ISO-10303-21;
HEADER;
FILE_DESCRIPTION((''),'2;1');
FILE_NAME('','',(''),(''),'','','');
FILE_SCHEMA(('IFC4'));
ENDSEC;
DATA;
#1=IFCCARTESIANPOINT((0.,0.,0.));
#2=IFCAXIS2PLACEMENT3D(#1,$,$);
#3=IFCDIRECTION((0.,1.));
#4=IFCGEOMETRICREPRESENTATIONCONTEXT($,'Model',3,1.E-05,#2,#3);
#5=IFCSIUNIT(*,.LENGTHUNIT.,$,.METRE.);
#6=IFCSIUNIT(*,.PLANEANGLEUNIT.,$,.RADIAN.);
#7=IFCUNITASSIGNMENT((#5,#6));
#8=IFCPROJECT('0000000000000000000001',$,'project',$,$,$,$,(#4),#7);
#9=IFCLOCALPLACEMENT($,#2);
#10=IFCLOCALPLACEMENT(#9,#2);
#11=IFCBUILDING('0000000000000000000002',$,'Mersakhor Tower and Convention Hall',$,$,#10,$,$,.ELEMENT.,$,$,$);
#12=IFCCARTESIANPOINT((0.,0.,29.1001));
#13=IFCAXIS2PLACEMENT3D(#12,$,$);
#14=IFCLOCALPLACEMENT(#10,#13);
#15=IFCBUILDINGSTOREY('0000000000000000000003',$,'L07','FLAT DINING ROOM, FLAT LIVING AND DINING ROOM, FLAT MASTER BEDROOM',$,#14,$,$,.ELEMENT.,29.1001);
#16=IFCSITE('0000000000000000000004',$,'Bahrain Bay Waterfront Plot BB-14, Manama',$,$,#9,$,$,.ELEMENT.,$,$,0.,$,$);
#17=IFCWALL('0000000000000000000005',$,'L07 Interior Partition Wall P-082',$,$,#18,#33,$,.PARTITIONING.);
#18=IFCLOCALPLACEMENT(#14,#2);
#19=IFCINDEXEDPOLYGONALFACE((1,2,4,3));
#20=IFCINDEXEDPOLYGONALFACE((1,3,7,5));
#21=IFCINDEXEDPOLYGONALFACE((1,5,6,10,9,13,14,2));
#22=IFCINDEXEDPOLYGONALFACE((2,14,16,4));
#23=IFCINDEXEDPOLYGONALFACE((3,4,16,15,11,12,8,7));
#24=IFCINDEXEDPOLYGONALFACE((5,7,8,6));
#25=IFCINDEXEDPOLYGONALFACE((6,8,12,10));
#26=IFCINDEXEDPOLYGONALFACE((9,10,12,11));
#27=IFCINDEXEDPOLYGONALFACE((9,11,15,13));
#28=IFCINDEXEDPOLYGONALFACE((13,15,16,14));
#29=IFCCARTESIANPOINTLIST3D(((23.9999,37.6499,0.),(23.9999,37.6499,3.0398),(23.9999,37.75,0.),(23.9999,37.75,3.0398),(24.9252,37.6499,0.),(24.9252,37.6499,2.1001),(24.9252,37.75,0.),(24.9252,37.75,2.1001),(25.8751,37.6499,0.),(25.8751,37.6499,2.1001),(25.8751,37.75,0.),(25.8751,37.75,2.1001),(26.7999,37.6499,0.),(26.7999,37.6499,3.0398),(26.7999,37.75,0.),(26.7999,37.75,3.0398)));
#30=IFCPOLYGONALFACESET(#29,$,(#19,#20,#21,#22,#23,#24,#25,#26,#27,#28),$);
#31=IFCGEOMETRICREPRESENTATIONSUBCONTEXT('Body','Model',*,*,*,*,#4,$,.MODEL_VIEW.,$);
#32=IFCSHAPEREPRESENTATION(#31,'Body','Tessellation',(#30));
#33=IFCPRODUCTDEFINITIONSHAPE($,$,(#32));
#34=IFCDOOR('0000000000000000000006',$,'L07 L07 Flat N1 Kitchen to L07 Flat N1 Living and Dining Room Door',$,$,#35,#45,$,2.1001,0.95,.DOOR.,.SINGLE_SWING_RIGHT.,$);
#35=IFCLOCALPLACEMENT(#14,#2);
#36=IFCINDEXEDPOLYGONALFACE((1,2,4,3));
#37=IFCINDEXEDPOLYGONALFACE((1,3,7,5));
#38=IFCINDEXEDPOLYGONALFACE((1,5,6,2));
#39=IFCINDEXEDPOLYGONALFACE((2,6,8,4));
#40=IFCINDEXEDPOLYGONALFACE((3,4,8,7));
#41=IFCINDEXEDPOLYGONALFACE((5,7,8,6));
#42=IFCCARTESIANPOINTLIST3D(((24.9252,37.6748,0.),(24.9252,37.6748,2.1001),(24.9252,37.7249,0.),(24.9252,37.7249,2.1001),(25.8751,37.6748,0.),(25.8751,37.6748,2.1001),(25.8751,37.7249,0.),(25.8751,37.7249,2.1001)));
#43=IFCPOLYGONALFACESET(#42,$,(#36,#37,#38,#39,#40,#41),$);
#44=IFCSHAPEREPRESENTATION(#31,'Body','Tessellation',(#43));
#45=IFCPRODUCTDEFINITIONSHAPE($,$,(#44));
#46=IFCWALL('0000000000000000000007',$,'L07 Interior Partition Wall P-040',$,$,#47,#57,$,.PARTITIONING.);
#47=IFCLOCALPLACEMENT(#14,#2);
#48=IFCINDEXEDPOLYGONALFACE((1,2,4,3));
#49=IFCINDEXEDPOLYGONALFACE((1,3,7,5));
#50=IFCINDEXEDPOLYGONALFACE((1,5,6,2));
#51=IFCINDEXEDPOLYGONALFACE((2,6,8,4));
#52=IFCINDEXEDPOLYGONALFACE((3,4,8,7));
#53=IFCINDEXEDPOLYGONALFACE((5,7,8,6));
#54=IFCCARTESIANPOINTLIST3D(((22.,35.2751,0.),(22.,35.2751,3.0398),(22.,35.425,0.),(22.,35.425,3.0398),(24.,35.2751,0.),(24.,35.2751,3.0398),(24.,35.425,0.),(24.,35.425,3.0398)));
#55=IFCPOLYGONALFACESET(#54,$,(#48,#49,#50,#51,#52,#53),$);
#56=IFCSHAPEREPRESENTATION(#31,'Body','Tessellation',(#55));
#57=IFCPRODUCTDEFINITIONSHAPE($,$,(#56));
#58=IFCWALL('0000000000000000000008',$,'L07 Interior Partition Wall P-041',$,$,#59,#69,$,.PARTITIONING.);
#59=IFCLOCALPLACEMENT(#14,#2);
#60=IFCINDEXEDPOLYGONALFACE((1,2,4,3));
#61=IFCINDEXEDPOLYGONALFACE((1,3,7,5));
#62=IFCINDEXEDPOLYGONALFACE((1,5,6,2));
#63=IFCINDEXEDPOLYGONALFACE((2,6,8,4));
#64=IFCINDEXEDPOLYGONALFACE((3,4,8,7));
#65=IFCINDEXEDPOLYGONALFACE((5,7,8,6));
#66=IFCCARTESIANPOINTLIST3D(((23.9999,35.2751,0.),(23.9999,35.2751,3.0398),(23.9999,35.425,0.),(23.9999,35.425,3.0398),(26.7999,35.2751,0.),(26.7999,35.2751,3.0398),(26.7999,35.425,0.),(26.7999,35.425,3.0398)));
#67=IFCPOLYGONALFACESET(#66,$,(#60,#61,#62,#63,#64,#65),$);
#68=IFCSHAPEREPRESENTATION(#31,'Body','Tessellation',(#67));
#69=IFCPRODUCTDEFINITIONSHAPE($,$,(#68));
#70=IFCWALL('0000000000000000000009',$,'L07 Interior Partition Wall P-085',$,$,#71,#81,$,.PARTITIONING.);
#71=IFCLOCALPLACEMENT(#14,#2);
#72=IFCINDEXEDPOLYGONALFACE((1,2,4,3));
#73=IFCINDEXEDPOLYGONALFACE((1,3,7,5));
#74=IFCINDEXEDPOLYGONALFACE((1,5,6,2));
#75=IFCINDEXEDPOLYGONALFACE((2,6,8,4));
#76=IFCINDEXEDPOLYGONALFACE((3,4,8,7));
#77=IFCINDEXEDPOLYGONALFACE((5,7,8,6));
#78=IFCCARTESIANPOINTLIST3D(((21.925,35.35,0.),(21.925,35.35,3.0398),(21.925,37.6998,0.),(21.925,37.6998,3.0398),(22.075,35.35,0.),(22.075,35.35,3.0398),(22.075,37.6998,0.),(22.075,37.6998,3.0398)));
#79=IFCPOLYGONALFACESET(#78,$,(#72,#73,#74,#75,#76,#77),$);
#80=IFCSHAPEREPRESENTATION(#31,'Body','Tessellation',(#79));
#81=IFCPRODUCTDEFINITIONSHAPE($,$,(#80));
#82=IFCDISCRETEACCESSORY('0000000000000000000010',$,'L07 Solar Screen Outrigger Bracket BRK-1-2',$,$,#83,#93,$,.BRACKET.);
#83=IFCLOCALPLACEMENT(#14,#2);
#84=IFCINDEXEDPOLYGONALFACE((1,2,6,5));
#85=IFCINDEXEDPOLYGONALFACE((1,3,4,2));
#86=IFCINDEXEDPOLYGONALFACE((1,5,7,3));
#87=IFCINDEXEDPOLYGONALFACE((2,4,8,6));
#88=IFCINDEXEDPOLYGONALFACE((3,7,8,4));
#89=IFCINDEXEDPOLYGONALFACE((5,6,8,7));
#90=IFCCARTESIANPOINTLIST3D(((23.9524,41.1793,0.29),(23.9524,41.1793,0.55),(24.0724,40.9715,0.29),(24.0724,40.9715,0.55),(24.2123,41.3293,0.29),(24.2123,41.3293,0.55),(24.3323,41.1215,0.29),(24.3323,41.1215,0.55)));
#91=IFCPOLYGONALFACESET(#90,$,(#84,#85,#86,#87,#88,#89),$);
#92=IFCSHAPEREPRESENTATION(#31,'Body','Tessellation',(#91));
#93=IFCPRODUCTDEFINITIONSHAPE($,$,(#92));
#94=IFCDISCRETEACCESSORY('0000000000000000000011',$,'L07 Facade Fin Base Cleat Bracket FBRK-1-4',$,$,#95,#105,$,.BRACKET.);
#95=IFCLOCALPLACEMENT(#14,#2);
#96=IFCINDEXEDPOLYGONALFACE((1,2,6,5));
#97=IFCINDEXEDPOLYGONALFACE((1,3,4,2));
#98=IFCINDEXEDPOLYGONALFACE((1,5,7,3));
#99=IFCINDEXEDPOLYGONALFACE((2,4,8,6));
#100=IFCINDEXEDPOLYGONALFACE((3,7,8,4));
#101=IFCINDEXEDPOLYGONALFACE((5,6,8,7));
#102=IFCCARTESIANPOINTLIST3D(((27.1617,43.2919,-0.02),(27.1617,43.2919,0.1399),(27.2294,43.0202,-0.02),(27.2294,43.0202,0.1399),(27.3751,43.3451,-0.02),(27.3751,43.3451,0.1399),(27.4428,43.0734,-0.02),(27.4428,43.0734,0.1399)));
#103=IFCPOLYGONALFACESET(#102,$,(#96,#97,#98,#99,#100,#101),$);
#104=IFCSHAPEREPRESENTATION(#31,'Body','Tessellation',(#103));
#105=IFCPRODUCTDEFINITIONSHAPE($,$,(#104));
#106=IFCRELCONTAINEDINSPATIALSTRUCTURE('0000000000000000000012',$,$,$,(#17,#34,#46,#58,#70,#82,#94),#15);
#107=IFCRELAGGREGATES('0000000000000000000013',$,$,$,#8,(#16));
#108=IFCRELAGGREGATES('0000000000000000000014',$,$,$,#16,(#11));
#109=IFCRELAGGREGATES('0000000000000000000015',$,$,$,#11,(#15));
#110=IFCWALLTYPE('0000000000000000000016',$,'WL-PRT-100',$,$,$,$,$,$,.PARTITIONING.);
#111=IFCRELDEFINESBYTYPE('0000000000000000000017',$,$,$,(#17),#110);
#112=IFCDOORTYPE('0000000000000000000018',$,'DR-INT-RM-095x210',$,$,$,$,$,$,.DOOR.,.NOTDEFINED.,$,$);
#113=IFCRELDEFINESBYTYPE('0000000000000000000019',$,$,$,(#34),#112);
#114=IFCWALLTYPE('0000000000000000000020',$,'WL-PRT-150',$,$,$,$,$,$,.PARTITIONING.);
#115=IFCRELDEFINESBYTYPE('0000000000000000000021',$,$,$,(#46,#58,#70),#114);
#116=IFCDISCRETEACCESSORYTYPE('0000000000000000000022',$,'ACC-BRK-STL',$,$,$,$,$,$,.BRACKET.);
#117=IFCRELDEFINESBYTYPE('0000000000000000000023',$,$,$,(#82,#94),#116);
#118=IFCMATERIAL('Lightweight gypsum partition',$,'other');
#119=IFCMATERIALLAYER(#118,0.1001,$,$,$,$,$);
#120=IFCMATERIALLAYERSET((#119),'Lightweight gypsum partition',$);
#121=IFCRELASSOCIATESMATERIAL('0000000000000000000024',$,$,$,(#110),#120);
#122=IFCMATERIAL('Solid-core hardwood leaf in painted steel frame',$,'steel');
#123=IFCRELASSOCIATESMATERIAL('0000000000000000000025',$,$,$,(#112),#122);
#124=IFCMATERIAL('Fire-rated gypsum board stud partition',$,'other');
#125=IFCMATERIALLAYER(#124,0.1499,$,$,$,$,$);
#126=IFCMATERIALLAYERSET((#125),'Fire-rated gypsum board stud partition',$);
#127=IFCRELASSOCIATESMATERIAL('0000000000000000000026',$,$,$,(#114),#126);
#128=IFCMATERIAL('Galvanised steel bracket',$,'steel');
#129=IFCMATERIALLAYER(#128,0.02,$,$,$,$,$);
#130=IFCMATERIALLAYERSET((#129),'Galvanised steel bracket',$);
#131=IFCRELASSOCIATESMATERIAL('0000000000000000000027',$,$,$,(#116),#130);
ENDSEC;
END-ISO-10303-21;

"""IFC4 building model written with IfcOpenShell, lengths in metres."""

from ifc_helpers import new_model, si_unit, direction, frame, frame_2d, origin, origin_2d, place, context, subcontext, project, spatial, rectangle, extrude, material, layer, layer_set, type_object, element, fill, save


model = new_model("IFC4")

# Units and contexts
model_context = context("Model", 3, precision=1e-05, world=origin(), true_north=direction((0.0, 1.0)))
body_context = subcontext(model_context, "Body", "Model", "MODEL_VIEW")
ifc_project = project(units=[si_unit("LENGTHUNIT", "METRE"), si_unit("PLANEANGLEUNIT", "RADIAN")], contexts=[model_context])

# Site, building, storey
site_placement = place(None, origin())
site = spatial("IfcSite", under=ifc_project, at=site_placement, Name="Bahrain Bay Waterfront Plot BB-14, Manama", CompositionType="ELEMENT", RefElevation=0.0)
building_placement = place(site_placement, origin())
building = spatial("IfcBuilding", under=site, at=building_placement, Name="Mersakhor Tower and Convention Hall", CompositionType="ELEMENT")
storey_placement = place(building_placement, frame((0.0, 0.0, 29.1001)))
storey = spatial("IfcBuildingStorey", under=building, at=storey_placement, Name="L07", Description="FLAT DINING ROOM, FLAT LIVING AND DINING ROOM, FLAT MASTER BEDROOM", CompositionType="ELEMENT", Elevation=29.1001)

# Wall, opening, door
ifc_material_1 = material(Name="Lightweight gypsum partition", Category="other")
ifc_layer_1 = layer(ifc_material_1, 0.1001)
ifc_layer_set_1 = layer_set([ifc_layer_1], Name="Lightweight gypsum partition")
wall_type_1 = type_object("IfcWallType", Name="WL-PRT-100", PredefinedType="PARTITIONING", material=ifc_layer_set_1)
ifc_material_2 = material(Name="Solid-core hardwood leaf in painted steel frame", Category="steel")
door_type_1 = type_object("IfcDoorType", Name="DR-INT-RM-095x210", OperationType="NOTDEFINED", PredefinedType="DOOR", material=ifc_material_2)
wall_1_placement = place(storey_placement, frame((24.0, 37.7, 0.0), z_axis=(0.0, 0.0, 1.0), x_axis=(1.0, 0.0, 0.0)))
wall_1 = element("IfcWall", 1, at=wall_1_placement, inside=storey, type_object=wall_type_1, Name="L07 Interior Partition Wall P-082", PredefinedType="PARTITIONING", context=body_context, shape_type="SweptSolid", body=[
    extrude(rectangle(XDim=2.8, YDim=0.1001, at=frame_2d((1.3999, 0.0))), origin(), (0.0, 0.0, 1.0), 3.0398),
])
opening_1_placement = place(wall_1_placement, frame((0.925, 0.0, 0.0)))
opening_1 = element("IfcOpeningElement", 2, at=opening_1_placement, cuts=wall_1, PredefinedType="OPENING", context=body_context, shape_type="SweptSolid", body=[
    extrude(rectangle(XDim=0.95, YDim=2.1001, at=frame_2d((0.4751, 1.05))), frame((0.0, 0.0601, 0.0), z_axis=(0.0, -1.0, 0.0), x_axis=(1.0, 0.0, 0.0)), (0.0, 0.0, 1.0), 0.1201),
])
door_1_placement = place(opening_1_placement, origin())
door_1 = element("IfcDoor", 3, at=door_1_placement, inside=storey, type_object=door_type_1, Name="L07 L07 Flat N1 Kitchen to L07 Flat N1 Living and Dining Room Door", OperationType="SINGLE_SWING_RIGHT", OverallHeight=2.1001, OverallWidth=0.95, PredefinedType="DOOR", context=body_context, shape_type="SweptSolid", body=[
    extrude(rectangle(XDim=0.95, YDim=2.1001, at=frame_2d((0.4751, 1.05))), frame((0.0, 0.0249, 0.0), z_axis=(0.0, -1.0, 0.0), x_axis=(1.0, 0.0, 0.0)), (0.0, 0.0, 1.0), 0.05),
])
fill(opening_1, door_1)

# Walls
ifc_material_3 = material(Name="Fire-rated gypsum board stud partition", Category="other")
ifc_layer_2 = layer(ifc_material_3, 0.1499)
ifc_layer_set_2 = layer_set([ifc_layer_2], Name="Fire-rated gypsum board stud partition")
wall_type_2 = type_object("IfcWallType", Name="WL-PRT-150", PredefinedType="PARTITIONING", material=ifc_layer_set_2)
wall_2_placement = place(storey_placement, frame((22.0, 35.3501, 0.0), z_axis=(0.0, 0.0, 1.0), x_axis=(1.0, 0.0, 0.0)))
element("IfcWall", 4, at=wall_2_placement, inside=storey, type_object=wall_type_2, Name="L07 Interior Partition Wall P-040", PredefinedType="PARTITIONING", context=body_context, shape_type="SweptSolid", body=[
    extrude(rectangle(XDim=2.0, YDim=0.1499, at=frame_2d((1.0, 0.0))), origin(), (0.0, 0.0, 1.0), 3.0398),
])
wall_3_placement = place(storey_placement, frame((24.0, 35.3501, 0.0), z_axis=(0.0, 0.0, 1.0), x_axis=(1.0, 0.0, 0.0)))
element("IfcWall", 5, at=wall_3_placement, inside=storey, type_object=wall_type_2, Name="L07 Interior Partition Wall P-041", PredefinedType="PARTITIONING", context=body_context, shape_type="SweptSolid", body=[
    extrude(rectangle(XDim=2.8, YDim=0.1499, at=frame_2d((1.3999, 0.0))), origin(), (0.0, 0.0, 1.0), 3.0398),
])

# Wall
wall_4_placement = place(storey_placement, frame((22.0, 35.3501, 0.0), z_axis=(0.0, 0.0, 1.0), x_axis=(0.0, 1.0, 0.0)))
element("IfcWall", 6, at=wall_4_placement, inside=storey, type_object=wall_type_2, Name="L07 Interior Partition Wall P-085", PredefinedType="PARTITIONING", context=body_context, shape_type="SweptSolid", body=[
    extrude(rectangle(XDim=2.3499, YDim=0.1499, at=frame_2d((1.1748, 0.0))), origin(), (0.0, 0.0, 1.0), 3.0398),
])

# Discrete accessories
ifc_material_4 = material(Name="Galvanised steel bracket", Category="steel")
ifc_layer_3 = layer(ifc_material_4, 0.02)
ifc_layer_set_3 = layer_set([ifc_layer_3], Name="Galvanised steel bracket")
discrete_accessory_type = type_object("IfcDiscreteAccessoryType", Name="ACC-BRK-STL", PredefinedType="BRACKET", material=ifc_layer_set_3)
discrete_accessory_1_placement = place(storey_placement, frame((24.1423, 41.1504, 0.29), z_axis=(0.0, 0.0, 1.0), x_axis=(0.866025, 0.5, 0.0)))
element("IfcDiscreteAccessory", 7, at=discrete_accessory_1_placement, inside=storey, type_object=discrete_accessory_type, Name="L07 Solar Screen Outrigger Bracket BRK-1-2", PredefinedType="BRACKET", context=body_context, shape_type="SweptSolid", body=[
    extrude(rectangle(XDim=0.3, YDim=0.24, at=origin_2d()), origin(), (0.0, 0.0, 1.0), 0.26),
])
discrete_accessory_2_placement = place(storey_placement, frame((27.3022, 43.1826, -0.02), z_axis=(0.0, 0.0, 1.0), x_axis=(-0.241922, 0.970296, 0.0)))
element("IfcDiscreteAccessory", 8, at=discrete_accessory_2_placement, inside=storey, type_object=discrete_accessory_type, Name="L07 Facade Fin Base Cleat Bracket FBRK-1-4", PredefinedType="BRACKET", context=body_context, shape_type="SweptSolid", body=[
    extrude(rectangle(XDim=0.28, YDim=0.22, at=origin_2d()), origin(), (0.0, 0.0, 1.0), 0.1599),
])

save(model, "model.ifc")
